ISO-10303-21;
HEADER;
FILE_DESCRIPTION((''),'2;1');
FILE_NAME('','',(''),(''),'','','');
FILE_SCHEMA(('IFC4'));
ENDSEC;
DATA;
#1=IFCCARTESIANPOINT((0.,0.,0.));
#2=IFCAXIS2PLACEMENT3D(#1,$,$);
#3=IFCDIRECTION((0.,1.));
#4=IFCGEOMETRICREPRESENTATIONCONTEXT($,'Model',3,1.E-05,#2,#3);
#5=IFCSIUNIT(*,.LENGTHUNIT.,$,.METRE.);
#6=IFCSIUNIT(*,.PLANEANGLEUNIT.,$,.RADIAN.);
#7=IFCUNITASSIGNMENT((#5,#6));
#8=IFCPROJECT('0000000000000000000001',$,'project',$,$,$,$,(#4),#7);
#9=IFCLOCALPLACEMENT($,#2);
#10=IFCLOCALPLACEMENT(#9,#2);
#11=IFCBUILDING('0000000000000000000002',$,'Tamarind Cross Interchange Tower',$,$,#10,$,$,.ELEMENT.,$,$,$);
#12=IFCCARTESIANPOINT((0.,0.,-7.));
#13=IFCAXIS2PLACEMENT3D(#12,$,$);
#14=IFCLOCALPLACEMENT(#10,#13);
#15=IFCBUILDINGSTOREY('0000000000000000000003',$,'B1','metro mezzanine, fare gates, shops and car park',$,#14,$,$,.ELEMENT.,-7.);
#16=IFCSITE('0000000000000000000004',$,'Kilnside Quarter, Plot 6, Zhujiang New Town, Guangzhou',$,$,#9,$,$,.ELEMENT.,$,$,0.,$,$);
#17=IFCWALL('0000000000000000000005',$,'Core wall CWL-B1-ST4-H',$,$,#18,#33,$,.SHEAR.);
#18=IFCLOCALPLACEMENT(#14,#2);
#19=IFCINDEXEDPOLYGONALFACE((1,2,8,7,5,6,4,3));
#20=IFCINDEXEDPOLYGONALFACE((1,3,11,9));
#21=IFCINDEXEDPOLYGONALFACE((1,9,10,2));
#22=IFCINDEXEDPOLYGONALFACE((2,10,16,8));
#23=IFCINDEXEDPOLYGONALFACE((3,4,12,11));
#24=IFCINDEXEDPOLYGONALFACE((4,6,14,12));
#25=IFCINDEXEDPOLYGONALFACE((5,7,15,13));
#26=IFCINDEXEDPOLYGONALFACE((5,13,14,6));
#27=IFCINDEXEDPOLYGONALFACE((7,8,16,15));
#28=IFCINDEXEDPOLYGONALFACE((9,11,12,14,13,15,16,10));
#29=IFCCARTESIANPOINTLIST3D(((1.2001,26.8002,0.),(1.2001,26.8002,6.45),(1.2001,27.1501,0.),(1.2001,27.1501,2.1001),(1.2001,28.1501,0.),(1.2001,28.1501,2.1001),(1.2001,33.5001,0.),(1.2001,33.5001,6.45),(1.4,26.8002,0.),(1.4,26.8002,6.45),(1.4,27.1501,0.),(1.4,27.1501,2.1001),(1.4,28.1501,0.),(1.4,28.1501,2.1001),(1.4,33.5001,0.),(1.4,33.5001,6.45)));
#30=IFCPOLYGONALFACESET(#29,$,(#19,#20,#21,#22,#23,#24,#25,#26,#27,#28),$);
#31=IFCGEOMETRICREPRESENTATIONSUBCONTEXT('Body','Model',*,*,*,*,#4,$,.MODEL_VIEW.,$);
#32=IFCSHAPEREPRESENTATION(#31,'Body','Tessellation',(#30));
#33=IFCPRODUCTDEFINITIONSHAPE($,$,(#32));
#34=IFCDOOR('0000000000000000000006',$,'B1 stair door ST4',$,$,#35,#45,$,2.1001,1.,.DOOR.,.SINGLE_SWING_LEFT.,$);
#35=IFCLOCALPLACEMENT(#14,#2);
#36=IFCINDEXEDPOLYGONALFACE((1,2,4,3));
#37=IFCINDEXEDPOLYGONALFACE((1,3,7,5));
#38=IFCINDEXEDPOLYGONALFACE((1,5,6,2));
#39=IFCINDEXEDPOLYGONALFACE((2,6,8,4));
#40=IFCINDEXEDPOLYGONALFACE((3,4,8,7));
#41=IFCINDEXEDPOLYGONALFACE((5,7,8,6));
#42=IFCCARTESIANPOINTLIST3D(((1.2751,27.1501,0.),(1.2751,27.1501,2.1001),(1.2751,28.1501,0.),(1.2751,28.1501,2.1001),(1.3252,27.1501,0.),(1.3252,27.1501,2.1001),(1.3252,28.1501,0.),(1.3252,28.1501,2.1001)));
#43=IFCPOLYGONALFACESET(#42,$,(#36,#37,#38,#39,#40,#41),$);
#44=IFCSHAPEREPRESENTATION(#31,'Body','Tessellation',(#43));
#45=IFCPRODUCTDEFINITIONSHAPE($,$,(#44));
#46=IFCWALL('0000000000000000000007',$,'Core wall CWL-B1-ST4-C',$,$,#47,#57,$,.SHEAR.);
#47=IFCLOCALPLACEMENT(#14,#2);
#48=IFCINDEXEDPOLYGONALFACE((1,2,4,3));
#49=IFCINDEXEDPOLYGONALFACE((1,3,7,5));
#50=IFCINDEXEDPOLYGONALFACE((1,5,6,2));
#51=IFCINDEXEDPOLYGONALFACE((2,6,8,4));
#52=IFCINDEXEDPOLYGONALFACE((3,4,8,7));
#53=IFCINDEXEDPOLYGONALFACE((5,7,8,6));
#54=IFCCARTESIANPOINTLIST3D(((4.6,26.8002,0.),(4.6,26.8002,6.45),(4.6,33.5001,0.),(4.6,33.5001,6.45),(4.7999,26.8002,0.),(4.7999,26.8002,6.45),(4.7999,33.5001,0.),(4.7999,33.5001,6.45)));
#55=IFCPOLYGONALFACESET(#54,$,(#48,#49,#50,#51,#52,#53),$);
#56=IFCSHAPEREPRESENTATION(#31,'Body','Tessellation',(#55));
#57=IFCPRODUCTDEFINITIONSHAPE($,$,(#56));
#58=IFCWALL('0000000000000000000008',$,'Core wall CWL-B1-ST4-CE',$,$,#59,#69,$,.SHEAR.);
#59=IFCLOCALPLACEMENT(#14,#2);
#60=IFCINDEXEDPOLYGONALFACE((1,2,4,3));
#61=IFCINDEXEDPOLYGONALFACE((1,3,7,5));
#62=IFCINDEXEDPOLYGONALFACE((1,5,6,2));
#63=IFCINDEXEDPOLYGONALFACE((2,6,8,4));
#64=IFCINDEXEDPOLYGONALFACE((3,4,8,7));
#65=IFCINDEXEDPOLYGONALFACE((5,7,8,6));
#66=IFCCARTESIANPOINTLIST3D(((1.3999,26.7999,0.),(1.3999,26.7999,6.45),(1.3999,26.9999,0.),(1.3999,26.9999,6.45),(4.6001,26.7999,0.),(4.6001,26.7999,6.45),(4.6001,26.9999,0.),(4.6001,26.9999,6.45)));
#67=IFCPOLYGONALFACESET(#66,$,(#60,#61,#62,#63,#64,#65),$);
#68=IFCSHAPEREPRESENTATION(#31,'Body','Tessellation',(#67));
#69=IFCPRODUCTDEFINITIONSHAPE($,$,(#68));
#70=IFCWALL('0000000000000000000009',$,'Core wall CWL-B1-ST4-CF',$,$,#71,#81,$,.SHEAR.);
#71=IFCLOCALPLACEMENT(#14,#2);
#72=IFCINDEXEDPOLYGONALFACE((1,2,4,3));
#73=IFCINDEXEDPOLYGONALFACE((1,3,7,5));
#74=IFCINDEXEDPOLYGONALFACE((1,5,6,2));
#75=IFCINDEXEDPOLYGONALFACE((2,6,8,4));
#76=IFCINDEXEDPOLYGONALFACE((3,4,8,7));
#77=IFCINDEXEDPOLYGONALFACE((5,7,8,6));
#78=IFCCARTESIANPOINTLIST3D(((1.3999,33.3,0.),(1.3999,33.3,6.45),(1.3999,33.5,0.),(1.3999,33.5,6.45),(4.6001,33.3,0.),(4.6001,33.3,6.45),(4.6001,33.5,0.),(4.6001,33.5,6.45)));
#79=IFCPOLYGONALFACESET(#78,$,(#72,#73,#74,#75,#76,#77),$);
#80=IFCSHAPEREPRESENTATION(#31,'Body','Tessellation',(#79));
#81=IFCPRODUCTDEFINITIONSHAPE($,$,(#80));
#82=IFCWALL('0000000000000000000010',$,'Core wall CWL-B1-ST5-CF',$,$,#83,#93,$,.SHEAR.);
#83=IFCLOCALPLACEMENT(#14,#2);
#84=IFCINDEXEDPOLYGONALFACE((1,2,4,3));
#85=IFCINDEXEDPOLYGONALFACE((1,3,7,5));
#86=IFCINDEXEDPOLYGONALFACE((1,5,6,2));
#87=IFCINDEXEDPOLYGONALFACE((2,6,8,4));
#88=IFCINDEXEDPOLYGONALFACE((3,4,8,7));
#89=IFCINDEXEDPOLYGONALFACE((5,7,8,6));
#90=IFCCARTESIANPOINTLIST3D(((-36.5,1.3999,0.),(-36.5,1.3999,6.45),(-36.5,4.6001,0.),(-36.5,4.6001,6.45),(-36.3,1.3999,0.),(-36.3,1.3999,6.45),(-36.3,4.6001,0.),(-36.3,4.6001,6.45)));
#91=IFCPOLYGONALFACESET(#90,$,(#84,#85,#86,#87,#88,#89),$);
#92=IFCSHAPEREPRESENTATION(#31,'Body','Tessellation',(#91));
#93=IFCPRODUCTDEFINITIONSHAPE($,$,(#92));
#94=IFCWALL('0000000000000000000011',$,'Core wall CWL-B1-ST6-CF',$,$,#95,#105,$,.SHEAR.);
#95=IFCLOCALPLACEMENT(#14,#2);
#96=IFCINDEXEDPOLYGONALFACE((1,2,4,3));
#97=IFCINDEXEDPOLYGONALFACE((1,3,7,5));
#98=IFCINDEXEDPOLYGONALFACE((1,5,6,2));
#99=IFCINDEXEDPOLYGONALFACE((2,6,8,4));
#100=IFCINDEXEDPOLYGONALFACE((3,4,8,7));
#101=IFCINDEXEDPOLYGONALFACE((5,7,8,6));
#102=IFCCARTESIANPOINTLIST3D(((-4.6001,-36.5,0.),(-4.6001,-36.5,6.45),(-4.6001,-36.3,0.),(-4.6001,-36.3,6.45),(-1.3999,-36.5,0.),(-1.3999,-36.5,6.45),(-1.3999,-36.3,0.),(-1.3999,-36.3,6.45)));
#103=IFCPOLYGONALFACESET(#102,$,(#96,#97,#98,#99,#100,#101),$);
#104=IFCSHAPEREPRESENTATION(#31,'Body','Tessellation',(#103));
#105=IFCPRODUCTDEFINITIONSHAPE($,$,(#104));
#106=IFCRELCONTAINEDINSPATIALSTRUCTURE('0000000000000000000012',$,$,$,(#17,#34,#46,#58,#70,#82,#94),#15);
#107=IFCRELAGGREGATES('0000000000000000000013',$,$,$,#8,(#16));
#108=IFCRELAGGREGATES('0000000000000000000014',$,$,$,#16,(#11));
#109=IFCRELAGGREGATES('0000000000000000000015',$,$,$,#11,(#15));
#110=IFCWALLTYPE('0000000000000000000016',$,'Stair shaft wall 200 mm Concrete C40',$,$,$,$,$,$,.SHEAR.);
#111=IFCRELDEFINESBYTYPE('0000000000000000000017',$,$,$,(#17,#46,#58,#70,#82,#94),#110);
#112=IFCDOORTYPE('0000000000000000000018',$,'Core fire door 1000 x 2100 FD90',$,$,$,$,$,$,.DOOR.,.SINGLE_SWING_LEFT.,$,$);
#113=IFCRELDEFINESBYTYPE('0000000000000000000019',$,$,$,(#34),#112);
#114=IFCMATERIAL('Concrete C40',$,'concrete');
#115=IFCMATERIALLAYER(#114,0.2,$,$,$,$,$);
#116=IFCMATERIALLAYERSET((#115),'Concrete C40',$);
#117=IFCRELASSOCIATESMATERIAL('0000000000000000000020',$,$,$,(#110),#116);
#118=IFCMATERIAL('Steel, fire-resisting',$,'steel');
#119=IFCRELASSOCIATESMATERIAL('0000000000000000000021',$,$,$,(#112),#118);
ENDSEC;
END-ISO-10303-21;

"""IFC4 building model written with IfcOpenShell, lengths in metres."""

from ifc_helpers import new_model, si_unit, direction, frame, frame_2d, origin, place, context, subcontext, project, spatial, polyline, rectangle, outline, extrude, material, layer, layer_set, type_object, element, fill, save


model = new_model("IFC4")

# Units and contexts
model_context = context("Model", 3, precision=1e-05, world=origin(), true_north=direction((0.0, 1.0)))
body_context = subcontext(model_context, "Body", "Model", "MODEL_VIEW")
ifc_project = project(units=[si_unit("LENGTHUNIT", "METRE"), si_unit("PLANEANGLEUNIT", "RADIAN")], contexts=[model_context])

# Site, building, storey
site_placement = place(None, origin())
site = spatial("IfcSite", under=ifc_project, at=site_placement, Name="Kilnside Quarter, Plot 6, Zhujiang New Town, Guangzhou", CompositionType="ELEMENT", RefElevation=0.0)
building_placement = place(site_placement, origin())
building = spatial("IfcBuilding", under=site, at=building_placement, Name="Tamarind Cross Interchange Tower", CompositionType="ELEMENT")
storey_placement = place(building_placement, frame((0.0, 0.0, -7.0)))
storey = spatial("IfcBuildingStorey", under=building, at=storey_placement, Name="B1", Description="metro mezzanine, fare gates, shops and car park", CompositionType="ELEMENT", Elevation=-7.0)

# Shared definitions
ifc_material_1 = material(Name="Concrete C40", Category="concrete")

# Shared definitions
ifc_layer_1 = layer(ifc_material_1, 0.2)
ifc_layer_set_1 = layer_set([ifc_layer_1], Name="Concrete C40")
wall_type_1 = type_object("IfcWallType", Name="Stair shaft wall 200 mm Concrete C40", PredefinedType="SHEAR", material=ifc_layer_set_1)

# Wall, opening, door
wall_1_placement = place(storey_placement, frame((1.3, 26.8, 0.0), z_axis=(0.0, 0.0, 1.0), x_axis=(0.0, 1.0, 0.0)))
wall_1 = element("IfcWall", 1, at=wall_1_placement, inside=storey, type_object=wall_type_1, Name="Core wall CWL-B1-ST4-H", PredefinedType="SHEAR", context=body_context, shape_type="SweptSolid", body=[
    extrude(rectangle(XDim=6.7, YDim=0.2, at=frame_2d((3.3501, 0.0))), origin(), (0.0, 0.0, 1.0), 6.45),
])
opening_placement = place(wall_1_placement, frame((0.3501, 0.0, 0.0)))
opening = element("IfcOpeningElement", 2, at=opening_placement, cuts=wall_1, PredefinedType="OPENING", context=body_context, shape_type="SweptSolid", body=[
    extrude(rectangle(XDim=1.0, YDim=2.1001, at=frame_2d((0.5, 1.05))), frame((0.0, 0.1099, 0.0), z_axis=(0.0, -1.0, 0.0), x_axis=(1.0, 0.0, 0.0)), (0.0, 0.0, 1.0), 0.22),
])
ifc_material_2 = material(Name="Steel, fire-resisting", Category="steel")
door_type = type_object("IfcDoorType", Name="Core fire door 1000 x 2100 FD90", OperationType="SINGLE_SWING_LEFT", PredefinedType="DOOR", material=ifc_material_2)
door_placement = place(opening_placement, origin())
door = element("IfcDoor", 3, at=door_placement, inside=storey, type_object=door_type, Name="B1 stair door ST4", OperationType="SINGLE_SWING_LEFT", OverallHeight=2.1001, OverallWidth=1.0, PredefinedType="DOOR", context=body_context, shape_type="SweptSolid", body=[
    extrude(rectangle(XDim=1.0, YDim=2.1001, at=frame_2d((0.5, 1.05))), frame((0.0, 0.0249, 0.0), z_axis=(0.0, -1.0, 0.0), x_axis=(1.0, 0.0, 0.0)), (0.0, 0.0, 1.0), 0.05),
])
fill(opening, door)

# Walls
wall_2_placement = place(storey_placement, frame((4.7, 26.8, 0.0), z_axis=(0.0, 0.0, 1.0), x_axis=(0.0, 1.0, 0.0)))
element("IfcWall", 4, at=wall_2_placement, inside=storey, type_object=wall_type_1, Name="Core wall CWL-B1-ST4-C", PredefinedType="SHEAR", context=body_context, shape_type="SweptSolid", body=[
    extrude(rectangle(XDim=6.7, YDim=0.2, at=frame_2d((3.3501, 0.0))), origin(), (0.0, 0.0, 1.0), 6.45),
])
wall_3_placement = place(storey_placement, frame((4.6001, 26.8999, 0.0), z_axis=(0.0, 0.0, 1.0), x_axis=(-1.0, 0.0, 0.0)))
element("IfcWall", 5, at=wall_3_placement, inside=storey, type_object=wall_type_1, Name="Core wall CWL-B1-ST4-CE", PredefinedType="SHEAR", context=body_context, shape_type="SweptSolid", body=[
    extrude(rectangle(XDim=3.2002, YDim=0.2, at=frame_2d((1.6001, 0.0))), origin(), (0.0, 0.0, 1.0), 6.45),
])
wall_4_placement = place(storey_placement, origin())
element("IfcWall", 6, at=wall_4_placement, inside=storey, type_object=wall_type_1, Name="Core wall CWL-B1-ST4-CF", PredefinedType="SHEAR", context=body_context, shape_type="SweptSolid", body=[
    extrude(outline(polyline([(4.6001, 33.3), (4.6001, 33.5), (1.3999, 33.5), (1.3999, 33.3), (4.6001, 33.3)])), origin(), (0.0, 0.0, 1.0), 6.45),
])
wall_5_placement = place(storey_placement, origin())
element("IfcWall", 7, at=wall_5_placement, inside=storey, type_object=wall_type_1, Name="Core wall CWL-B1-ST5-CF", PredefinedType="SHEAR", context=body_context, shape_type="SweptSolid", body=[
    extrude(outline(polyline([(-36.3, 4.6001), (-36.5, 4.6001), (-36.5, 1.3999), (-36.3, 1.3999), (-36.3, 4.6001)])), origin(), (0.0, 0.0, 1.0), 6.45),
])
wall_6_placement = place(storey_placement, origin())
element("IfcWall", 8, at=wall_6_placement, inside=storey, type_object=wall_type_1, Name="Core wall CWL-B1-ST6-CF", PredefinedType="SHEAR", context=body_context, shape_type="SweptSolid", body=[
    extrude(outline(polyline([(-4.6001, -36.3), (-4.6001, -36.5), (-1.3999, -36.5), (-1.3999, -36.3), (-4.6001, -36.3)])), origin(), (0.0, 0.0, 1.0), 6.45),
])

save(model, "model.ifc")
